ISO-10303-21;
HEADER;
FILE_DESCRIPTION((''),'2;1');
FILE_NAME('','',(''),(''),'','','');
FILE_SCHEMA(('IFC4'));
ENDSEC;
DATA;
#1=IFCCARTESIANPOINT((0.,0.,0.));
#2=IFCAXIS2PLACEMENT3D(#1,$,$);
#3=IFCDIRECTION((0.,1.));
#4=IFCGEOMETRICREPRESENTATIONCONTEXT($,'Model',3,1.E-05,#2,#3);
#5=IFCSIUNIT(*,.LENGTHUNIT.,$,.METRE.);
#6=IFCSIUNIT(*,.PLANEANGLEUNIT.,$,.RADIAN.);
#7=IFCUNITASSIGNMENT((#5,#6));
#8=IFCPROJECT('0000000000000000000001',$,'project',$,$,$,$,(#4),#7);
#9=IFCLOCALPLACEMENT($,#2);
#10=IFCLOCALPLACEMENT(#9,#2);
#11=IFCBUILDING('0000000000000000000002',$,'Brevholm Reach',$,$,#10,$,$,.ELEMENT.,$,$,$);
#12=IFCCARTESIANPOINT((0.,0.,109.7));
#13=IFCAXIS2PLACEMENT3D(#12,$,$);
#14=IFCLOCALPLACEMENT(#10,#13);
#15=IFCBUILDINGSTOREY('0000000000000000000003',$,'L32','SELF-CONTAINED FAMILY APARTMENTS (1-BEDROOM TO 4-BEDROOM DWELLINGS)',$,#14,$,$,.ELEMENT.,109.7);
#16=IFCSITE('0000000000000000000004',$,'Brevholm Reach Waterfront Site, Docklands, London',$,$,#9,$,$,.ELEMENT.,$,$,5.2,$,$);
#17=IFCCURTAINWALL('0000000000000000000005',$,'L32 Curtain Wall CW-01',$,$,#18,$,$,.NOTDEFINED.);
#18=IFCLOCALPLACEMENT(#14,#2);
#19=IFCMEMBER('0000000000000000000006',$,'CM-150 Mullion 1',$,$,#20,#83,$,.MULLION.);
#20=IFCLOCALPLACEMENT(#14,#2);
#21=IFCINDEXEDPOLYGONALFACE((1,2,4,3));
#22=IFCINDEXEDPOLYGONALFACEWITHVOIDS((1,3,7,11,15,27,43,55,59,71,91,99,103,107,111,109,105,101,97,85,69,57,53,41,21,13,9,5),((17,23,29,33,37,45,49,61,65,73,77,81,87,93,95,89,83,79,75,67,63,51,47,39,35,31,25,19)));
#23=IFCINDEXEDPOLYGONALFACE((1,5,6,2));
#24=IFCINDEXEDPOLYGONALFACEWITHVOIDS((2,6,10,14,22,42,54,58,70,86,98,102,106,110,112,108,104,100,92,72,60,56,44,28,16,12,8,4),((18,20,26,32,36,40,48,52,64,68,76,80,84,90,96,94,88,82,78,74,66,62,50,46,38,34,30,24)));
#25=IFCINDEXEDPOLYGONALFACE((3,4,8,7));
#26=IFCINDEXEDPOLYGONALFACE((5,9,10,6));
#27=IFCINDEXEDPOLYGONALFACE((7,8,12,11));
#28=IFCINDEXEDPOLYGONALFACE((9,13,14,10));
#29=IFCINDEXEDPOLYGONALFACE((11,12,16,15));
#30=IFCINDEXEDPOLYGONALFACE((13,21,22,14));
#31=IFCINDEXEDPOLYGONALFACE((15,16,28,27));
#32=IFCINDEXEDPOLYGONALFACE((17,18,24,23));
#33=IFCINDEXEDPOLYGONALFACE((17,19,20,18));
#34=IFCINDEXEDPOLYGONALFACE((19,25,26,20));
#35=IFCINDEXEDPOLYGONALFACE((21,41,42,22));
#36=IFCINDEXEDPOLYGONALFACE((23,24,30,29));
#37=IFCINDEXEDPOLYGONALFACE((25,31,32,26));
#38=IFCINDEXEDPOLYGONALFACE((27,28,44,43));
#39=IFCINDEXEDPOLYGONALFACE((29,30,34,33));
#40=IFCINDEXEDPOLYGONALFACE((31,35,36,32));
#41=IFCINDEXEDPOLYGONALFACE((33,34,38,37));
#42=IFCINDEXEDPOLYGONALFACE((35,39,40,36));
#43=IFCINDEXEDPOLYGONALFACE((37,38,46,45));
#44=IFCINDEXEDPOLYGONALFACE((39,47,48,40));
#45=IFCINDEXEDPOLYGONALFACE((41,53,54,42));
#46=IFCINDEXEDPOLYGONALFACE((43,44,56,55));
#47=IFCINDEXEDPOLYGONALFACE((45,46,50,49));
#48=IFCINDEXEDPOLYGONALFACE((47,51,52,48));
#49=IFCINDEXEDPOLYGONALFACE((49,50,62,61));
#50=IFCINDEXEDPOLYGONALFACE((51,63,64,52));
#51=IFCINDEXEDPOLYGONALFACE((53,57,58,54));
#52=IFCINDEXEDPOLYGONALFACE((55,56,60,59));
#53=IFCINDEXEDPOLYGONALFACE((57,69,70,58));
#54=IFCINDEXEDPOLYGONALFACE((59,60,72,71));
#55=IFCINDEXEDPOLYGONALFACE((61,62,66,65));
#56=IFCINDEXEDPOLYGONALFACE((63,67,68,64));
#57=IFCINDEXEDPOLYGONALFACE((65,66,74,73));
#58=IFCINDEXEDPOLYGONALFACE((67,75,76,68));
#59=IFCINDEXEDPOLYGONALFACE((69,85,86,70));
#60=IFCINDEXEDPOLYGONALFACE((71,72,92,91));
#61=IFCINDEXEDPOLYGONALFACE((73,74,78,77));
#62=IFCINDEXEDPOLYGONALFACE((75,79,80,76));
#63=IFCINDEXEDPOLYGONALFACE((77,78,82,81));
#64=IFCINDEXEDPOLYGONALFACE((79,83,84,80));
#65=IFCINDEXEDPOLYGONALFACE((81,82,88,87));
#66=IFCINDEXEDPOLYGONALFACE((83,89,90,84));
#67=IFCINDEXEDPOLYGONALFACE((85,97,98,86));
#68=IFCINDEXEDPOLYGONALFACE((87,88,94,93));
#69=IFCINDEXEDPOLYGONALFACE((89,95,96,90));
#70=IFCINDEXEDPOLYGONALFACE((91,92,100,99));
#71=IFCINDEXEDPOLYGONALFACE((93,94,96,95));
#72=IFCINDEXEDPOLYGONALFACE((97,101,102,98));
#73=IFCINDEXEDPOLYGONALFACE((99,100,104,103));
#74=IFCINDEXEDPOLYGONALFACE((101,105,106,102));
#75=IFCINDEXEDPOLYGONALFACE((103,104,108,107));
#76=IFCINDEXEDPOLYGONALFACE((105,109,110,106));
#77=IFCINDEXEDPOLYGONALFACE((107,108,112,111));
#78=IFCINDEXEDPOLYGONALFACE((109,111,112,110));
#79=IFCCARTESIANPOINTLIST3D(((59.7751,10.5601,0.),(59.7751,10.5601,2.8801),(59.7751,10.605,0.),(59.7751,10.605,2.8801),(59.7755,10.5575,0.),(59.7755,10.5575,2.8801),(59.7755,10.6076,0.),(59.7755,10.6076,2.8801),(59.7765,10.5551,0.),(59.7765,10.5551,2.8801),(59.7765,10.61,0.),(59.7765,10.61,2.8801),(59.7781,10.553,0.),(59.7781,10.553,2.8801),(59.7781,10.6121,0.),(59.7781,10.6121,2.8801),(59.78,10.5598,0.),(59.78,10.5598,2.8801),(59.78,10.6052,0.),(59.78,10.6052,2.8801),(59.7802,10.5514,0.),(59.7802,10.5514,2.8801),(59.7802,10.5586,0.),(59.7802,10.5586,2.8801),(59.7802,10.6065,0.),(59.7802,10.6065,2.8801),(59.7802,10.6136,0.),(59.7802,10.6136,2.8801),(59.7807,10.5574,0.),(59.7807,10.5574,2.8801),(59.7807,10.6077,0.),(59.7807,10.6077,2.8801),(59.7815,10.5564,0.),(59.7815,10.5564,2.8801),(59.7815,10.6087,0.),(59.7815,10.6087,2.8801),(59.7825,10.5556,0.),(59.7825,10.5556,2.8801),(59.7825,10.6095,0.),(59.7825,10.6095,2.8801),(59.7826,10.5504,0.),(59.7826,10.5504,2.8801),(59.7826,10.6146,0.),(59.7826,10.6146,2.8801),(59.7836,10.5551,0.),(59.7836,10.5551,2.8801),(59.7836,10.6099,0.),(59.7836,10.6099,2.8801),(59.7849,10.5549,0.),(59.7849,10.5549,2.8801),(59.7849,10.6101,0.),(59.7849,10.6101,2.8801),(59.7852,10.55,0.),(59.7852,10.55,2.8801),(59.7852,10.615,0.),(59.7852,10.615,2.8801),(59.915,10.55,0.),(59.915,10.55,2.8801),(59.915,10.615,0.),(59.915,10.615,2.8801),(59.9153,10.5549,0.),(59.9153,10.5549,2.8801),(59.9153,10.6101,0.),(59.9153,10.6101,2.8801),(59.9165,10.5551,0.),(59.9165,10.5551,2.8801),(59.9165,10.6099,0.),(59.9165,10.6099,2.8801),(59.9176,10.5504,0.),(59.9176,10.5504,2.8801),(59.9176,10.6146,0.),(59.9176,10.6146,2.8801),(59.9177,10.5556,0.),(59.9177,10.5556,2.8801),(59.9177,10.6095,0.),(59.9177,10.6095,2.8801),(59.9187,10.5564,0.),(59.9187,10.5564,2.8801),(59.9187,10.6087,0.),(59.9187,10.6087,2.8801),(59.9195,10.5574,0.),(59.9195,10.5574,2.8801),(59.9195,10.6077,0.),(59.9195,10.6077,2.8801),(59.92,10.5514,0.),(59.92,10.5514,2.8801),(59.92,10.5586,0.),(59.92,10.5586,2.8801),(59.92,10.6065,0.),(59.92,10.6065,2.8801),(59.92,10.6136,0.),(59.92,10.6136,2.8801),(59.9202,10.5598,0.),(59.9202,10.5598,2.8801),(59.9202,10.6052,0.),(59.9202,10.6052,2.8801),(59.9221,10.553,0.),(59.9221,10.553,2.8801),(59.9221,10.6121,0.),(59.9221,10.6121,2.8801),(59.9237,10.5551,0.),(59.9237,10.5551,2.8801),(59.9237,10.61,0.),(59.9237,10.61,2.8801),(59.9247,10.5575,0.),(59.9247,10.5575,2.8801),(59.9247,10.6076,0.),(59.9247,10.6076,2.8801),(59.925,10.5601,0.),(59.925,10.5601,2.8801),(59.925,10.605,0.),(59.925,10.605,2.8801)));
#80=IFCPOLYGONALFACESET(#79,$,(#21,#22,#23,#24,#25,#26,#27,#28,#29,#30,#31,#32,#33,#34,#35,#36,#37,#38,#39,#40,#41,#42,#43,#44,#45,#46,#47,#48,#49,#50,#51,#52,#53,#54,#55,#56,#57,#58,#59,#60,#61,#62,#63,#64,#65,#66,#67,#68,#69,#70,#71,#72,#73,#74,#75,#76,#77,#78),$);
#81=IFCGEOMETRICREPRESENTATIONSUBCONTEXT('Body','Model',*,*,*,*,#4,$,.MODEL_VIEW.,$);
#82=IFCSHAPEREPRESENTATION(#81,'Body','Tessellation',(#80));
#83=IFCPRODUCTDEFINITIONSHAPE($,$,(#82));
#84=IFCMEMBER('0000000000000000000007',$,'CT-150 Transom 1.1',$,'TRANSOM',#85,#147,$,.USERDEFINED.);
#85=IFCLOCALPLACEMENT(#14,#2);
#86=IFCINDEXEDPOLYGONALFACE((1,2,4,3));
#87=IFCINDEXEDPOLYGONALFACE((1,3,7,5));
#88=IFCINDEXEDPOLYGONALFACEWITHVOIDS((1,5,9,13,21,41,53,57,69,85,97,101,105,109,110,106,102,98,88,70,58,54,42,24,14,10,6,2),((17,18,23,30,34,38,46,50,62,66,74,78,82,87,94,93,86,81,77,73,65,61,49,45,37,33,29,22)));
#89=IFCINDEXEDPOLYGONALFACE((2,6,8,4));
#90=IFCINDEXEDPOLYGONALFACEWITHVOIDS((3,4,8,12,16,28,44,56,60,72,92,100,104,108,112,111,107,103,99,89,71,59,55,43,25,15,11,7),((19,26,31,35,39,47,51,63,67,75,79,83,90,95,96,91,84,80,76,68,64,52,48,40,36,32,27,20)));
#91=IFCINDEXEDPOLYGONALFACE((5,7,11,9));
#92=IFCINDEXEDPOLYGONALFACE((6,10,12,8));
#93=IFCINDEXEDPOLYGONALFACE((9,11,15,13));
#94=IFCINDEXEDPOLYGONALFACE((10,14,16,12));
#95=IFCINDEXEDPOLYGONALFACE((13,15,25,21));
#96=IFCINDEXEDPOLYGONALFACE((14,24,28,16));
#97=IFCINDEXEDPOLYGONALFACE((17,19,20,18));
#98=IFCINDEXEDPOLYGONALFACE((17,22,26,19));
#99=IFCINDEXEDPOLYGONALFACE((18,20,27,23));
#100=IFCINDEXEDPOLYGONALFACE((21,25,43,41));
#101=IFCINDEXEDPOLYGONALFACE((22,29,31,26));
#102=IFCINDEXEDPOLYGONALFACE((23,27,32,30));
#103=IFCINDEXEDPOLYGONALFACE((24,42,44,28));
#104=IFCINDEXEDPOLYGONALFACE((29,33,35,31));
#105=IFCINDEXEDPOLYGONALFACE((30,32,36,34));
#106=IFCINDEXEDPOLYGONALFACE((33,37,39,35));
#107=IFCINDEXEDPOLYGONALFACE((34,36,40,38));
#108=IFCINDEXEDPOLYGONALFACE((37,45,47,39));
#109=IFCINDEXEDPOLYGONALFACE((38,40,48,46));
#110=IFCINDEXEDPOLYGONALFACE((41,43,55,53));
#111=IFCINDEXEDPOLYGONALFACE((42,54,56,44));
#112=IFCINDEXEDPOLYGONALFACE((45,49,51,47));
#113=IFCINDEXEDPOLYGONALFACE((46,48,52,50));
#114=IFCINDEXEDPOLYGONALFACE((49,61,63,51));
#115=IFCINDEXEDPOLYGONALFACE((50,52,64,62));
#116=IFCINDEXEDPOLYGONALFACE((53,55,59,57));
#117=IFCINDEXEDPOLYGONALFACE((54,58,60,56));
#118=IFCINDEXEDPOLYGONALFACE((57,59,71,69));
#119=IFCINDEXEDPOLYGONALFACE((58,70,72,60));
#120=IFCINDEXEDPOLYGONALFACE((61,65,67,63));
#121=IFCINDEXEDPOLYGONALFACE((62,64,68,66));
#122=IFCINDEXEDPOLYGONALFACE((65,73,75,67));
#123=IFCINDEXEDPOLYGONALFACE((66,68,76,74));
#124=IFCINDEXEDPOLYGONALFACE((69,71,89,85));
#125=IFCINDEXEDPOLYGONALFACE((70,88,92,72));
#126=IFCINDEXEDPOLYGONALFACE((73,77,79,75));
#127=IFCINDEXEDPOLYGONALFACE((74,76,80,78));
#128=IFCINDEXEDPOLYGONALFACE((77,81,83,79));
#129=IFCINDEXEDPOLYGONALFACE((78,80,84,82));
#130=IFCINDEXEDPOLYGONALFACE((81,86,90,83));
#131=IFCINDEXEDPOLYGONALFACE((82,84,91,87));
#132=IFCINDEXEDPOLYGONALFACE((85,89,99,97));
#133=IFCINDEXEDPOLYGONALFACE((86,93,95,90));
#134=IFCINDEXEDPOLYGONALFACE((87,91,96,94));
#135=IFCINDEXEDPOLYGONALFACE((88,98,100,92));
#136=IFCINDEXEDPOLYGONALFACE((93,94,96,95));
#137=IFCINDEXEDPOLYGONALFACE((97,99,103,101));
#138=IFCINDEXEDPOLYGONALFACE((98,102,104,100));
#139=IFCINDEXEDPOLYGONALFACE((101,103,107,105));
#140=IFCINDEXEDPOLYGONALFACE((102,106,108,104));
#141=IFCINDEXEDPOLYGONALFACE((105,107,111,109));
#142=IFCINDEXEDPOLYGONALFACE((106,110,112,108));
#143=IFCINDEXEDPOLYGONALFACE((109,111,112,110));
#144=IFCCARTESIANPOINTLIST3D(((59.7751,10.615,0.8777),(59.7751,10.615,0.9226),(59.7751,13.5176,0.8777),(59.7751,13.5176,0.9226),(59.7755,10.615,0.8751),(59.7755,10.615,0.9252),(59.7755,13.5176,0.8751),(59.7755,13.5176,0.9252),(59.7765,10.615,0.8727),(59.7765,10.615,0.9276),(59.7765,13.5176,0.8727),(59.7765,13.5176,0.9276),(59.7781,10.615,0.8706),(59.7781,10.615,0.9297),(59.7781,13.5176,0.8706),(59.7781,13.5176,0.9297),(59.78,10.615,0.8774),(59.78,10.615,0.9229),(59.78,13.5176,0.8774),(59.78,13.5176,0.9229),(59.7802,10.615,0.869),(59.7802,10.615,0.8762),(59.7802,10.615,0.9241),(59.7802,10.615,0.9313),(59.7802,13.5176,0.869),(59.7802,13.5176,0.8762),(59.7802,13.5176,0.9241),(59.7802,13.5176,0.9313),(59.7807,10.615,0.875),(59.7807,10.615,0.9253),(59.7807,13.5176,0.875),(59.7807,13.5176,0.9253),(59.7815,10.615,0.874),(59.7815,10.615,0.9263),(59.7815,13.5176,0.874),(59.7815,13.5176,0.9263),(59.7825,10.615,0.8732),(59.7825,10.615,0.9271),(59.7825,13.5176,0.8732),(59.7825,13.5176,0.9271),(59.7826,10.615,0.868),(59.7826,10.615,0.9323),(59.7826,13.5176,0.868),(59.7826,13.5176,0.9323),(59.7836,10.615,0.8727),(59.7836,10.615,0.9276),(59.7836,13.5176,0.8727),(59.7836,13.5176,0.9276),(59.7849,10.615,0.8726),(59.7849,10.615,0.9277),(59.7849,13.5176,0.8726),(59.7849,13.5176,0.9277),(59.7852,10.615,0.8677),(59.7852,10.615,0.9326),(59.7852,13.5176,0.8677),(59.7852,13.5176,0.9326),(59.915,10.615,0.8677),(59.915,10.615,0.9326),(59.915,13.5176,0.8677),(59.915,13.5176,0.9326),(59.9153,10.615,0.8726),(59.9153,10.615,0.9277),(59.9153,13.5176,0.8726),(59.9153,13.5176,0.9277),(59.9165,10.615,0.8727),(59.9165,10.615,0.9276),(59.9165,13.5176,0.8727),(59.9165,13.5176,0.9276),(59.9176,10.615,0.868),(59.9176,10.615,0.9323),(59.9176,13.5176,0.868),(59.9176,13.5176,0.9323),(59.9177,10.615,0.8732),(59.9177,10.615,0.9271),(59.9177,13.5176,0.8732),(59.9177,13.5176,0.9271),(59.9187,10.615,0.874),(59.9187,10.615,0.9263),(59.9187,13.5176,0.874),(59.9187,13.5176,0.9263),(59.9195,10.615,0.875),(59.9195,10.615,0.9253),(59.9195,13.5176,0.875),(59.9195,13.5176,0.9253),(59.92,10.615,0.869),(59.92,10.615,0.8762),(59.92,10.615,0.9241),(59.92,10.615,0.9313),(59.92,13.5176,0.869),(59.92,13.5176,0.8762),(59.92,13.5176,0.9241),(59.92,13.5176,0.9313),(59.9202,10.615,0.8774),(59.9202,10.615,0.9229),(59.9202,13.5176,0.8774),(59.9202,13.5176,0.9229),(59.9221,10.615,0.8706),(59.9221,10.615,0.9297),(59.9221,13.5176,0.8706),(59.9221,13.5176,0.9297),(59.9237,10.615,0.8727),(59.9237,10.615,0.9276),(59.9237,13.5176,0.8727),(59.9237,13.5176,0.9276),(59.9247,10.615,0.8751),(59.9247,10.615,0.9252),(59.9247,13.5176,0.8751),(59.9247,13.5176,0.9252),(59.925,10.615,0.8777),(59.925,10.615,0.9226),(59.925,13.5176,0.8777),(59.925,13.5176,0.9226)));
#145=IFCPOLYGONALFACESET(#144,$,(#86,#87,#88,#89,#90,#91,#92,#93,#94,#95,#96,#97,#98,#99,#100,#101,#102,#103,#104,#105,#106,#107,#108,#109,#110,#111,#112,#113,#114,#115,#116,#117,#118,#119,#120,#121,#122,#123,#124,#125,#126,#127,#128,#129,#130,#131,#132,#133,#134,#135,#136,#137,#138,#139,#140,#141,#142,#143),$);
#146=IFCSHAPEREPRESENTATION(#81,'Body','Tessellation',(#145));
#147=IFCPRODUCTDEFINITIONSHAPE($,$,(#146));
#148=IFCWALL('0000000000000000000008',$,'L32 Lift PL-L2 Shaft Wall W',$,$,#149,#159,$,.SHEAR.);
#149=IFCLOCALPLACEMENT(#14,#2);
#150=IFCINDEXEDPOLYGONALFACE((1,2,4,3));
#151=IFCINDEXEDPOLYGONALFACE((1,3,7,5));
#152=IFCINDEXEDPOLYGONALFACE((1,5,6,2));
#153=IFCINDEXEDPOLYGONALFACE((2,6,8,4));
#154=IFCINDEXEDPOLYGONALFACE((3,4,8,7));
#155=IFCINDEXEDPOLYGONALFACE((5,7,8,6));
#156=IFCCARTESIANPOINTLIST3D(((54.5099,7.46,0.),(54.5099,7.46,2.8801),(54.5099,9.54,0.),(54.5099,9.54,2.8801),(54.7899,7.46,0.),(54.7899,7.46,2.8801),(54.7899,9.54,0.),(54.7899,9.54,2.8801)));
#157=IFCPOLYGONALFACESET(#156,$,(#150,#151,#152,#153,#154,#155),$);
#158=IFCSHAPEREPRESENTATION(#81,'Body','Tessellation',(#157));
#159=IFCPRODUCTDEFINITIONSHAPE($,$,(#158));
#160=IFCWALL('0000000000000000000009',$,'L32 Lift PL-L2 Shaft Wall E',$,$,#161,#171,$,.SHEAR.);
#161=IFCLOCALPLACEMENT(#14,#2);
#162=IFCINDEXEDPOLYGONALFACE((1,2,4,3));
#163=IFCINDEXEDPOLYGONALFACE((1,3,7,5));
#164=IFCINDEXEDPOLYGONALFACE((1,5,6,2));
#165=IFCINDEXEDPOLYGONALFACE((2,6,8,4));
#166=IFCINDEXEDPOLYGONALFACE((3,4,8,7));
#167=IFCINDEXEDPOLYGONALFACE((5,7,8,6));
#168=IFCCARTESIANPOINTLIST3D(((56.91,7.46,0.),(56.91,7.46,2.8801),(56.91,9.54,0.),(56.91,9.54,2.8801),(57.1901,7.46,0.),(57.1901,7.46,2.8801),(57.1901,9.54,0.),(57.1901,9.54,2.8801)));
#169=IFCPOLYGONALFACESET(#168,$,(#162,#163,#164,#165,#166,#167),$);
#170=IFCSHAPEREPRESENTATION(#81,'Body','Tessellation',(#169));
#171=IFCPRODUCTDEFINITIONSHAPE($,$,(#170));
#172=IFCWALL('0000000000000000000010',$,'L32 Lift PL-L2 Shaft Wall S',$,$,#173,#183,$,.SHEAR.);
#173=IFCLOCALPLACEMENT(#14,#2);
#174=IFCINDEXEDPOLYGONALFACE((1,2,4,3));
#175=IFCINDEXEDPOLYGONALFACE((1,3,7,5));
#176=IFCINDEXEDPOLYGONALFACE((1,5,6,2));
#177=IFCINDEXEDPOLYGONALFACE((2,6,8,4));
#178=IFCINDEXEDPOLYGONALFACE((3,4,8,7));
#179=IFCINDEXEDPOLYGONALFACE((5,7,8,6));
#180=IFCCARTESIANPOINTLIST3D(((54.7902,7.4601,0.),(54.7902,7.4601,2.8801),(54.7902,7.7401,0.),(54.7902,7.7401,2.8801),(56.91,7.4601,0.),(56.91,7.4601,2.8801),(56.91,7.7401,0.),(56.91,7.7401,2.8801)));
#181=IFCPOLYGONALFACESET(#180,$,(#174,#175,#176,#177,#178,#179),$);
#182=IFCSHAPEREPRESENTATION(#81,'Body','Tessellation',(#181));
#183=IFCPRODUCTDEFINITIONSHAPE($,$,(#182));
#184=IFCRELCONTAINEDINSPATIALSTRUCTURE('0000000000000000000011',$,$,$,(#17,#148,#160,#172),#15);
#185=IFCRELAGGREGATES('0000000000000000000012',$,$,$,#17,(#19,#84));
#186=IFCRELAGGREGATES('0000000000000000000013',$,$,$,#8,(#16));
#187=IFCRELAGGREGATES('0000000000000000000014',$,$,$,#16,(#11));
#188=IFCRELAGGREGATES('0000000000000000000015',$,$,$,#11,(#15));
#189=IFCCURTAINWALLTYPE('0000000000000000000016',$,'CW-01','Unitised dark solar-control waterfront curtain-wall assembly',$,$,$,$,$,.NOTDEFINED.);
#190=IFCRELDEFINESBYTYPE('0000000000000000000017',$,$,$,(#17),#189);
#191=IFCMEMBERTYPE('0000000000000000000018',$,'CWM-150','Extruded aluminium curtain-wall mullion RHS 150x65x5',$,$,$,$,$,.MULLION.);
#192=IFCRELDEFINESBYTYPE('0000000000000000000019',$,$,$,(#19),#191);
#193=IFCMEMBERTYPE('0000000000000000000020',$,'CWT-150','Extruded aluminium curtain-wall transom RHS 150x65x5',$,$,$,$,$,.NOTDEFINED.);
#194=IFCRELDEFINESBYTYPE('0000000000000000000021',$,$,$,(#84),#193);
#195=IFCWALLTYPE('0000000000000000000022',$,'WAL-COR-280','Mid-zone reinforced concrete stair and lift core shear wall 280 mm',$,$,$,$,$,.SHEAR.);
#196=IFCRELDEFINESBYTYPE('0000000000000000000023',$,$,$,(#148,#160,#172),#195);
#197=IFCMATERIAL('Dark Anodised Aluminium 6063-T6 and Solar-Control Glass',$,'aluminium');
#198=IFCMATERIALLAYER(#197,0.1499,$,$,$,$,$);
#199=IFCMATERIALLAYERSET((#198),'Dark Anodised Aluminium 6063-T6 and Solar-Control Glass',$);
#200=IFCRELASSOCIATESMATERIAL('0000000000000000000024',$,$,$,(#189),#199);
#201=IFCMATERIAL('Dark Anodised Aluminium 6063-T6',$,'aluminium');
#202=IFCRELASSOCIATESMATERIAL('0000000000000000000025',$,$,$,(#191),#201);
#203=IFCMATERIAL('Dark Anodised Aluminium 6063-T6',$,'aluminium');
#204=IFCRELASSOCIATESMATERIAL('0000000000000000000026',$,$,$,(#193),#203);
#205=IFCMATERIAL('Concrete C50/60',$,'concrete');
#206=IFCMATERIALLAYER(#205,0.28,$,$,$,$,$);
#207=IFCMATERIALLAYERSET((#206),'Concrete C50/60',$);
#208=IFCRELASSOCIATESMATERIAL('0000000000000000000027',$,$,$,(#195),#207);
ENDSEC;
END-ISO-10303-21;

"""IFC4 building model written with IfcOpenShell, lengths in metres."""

from ifc_helpers import new_model, si_unit, direction, frame, frame_2d, origin, origin_2d, place, context, subcontext, project, spatial, rectangle, hollow_rectangle, extrude, material, layer, layer_set, material_profile, profile_set, type_object, element, aggregate, save


model = new_model("IFC4")

# Units and contexts
model_context = context("Model", 3, precision=1e-05, world=origin(), true_north=direction((0.0, 1.0)))
body_context = subcontext(model_context, "Body", "Model", "MODEL_VIEW")
ifc_project = project(units=[si_unit("LENGTHUNIT", "METRE"), si_unit("PLANEANGLEUNIT", "RADIAN")], contexts=[model_context])

# Site, building, storey
site_placement = place(None, origin())
site = spatial("IfcSite", under=ifc_project, at=site_placement, Name="Brevholm Reach Waterfront Site, Docklands, London", CompositionType="ELEMENT", RefElevation=5.2)
building_placement = place(site_placement, origin())
building = spatial("IfcBuilding", under=site, at=building_placement, Name="Brevholm Reach", CompositionType="ELEMENT")
storey_placement = place(building_placement, frame((0.0, 0.0, 109.7)))
storey = spatial("IfcBuildingStorey", under=building, at=storey_placement, Name="L32", Description="SELF-CONTAINED FAMILY APARTMENTS (1-BEDROOM TO 4-BEDROOM DWELLINGS)", CompositionType="ELEMENT", Elevation=109.7)

# Curtain wall, members
ifc_material_1 = material(Name="Dark Anodised Aluminium 6063-T6 and Solar-Control Glass", Category="aluminium")
ifc_layer_1 = layer(ifc_material_1, 0.1499)
ifc_layer_set_1 = layer_set([ifc_layer_1], Name="Dark Anodised Aluminium 6063-T6 and Solar-Control Glass")
curtain_wall_type = type_object("IfcCurtainWallType", Name="CW-01", Description="Unitised dark solar-control waterfront curtain-wall assembly", PredefinedType="NOTDEFINED", material=ifc_layer_set_1)
curtain_wall_placement = place(storey_placement, origin())
curtain_wall = element("IfcCurtainWall", 1, at=curtain_wall_placement, inside=storey, type_object=curtain_wall_type, Name="L32 Curtain Wall CW-01", PredefinedType="NOTDEFINED")
ifc_material_2 = material(Name="Dark Anodised Aluminium 6063-T6", Category="aluminium")
ifc_material_profile_1 = material_profile(ifc_material_2, hollow_rectangle(XDim=0.0649, YDim=0.1499, WallThickness=0.0049, InnerFilletRadius=0.0049, OuterFilletRadius=0.01, at=origin_2d()), Name="RHS 150x65x5")
ifc_profile_set_1 = profile_set([ifc_material_profile_1], Name="Dark Anodised Aluminium 6063-T6")
member_type_1 = type_object("IfcMemberType", Name="CWM-150", Description="Extruded aluminium curtain-wall mullion RHS 150x65x5", PredefinedType="MULLION", material=ifc_profile_set_1)
member_1_placement = place(storey_placement, frame((59.8501, 10.5825, 0.0), z_axis=(0.0, 0.0, 1.0), x_axis=(0.0, 1.0, 0.0)))
member_1 = element("IfcMember", 2, at=member_1_placement, type_object=member_type_1, Name="CM-150 Mullion 1", PredefinedType="MULLION", context=body_context, shape_type="SweptSolid", body=[
    extrude(hollow_rectangle(XDim=0.0649, YDim=0.1499, WallThickness=0.0049, InnerFilletRadius=0.0049, OuterFilletRadius=0.01, at=origin_2d()), origin(), (0.0, 0.0, 1.0), 2.8801),
])
ifc_material_3 = material(Name="Dark Anodised Aluminium 6063-T6", Category="aluminium")
ifc_material_profile_2 = material_profile(ifc_material_3, hollow_rectangle(XDim=0.0649, YDim=0.1499, WallThickness=0.0049, InnerFilletRadius=0.0049, OuterFilletRadius=0.01, at=origin_2d()), Name="RHS 150x65x5")
ifc_profile_set_2 = profile_set([ifc_material_profile_2], Name="Dark Anodised Aluminium 6063-T6")
member_type_2 = type_object("IfcMemberType", Name="CWT-150", Description="Extruded aluminium curtain-wall transom RHS 150x65x5", PredefinedType="NOTDEFINED", material=ifc_profile_set_2)
member_2_placement = place(storey_placement, frame((59.8501, 10.615, 0.9001), z_axis=(0.0, 1.0, 0.0), x_axis=(0.0, 0.0, 1.0)))
member_2 = element("IfcMember", 3, at=member_2_placement, type_object=member_type_2, Name="CT-150 Transom 1.1", ObjectType="TRANSOM", PredefinedType="USERDEFINED", context=body_context, shape_type="SweptSolid", body=[
    extrude(hollow_rectangle(XDim=0.0649, YDim=0.1499, WallThickness=0.0049, InnerFilletRadius=0.0049, OuterFilletRadius=0.01, at=origin_2d()), origin(), (0.0, 0.0, 1.0), 2.9026),
])
aggregate(curtain_wall, [member_1, member_2])

# Walls
ifc_material_4 = material(Name="Concrete C50/60", Category="concrete")
ifc_layer_2 = layer(ifc_material_4, 0.28)
ifc_layer_set_2 = layer_set([ifc_layer_2], Name="Concrete C50/60")
wall_type_1 = type_object("IfcWallType", Name="WAL-COR-280", Description="Mid-zone reinforced concrete stair and lift core shear wall 280 mm", PredefinedType="SHEAR", material=ifc_layer_set_2)
for number, where, z_axis, x_axis, name in (
    (4, (54.6499, 7.46, 0.0), (0.0, 0.0, 1.0), (0.0, 1.0, 0.0), "L32 Lift PL-L2 Shaft Wall W"),
    (5, (57.05, 7.46, 0.0), (0.0, 0.0, 1.0), (0.0, 1.0, 0.0), "L32 Lift PL-L2 Shaft Wall E"),
):
    element("IfcWall", number, at=place(storey_placement, frame(where, z_axis=z_axis, x_axis=x_axis)), inside=storey, type_object=wall_type_1, Name=name, PredefinedType="SHEAR", context=body_context, shape_type="SweptSolid", body=[
        extrude(rectangle(XDim=2.0801, YDim=0.28, at=frame_2d((1.04, 0.0))), origin(), (0.0, 0.0, 1.0), 2.8801),
    ])
wall_1_placement = place(storey_placement, frame((54.79, 7.6001, 0.0), z_axis=(0.0, 0.0, 1.0), x_axis=(1.0, 0.0, 0.0)))
element("IfcWall", 6, at=wall_1_placement, inside=storey, type_object=wall_type_1, Name="L32 Lift PL-L2 Shaft Wall S", PredefinedType="SHEAR", context=body_context, shape_type="SweptSolid", body=[
    extrude(rectangle(XDim=2.1199, YDim=0.28, at=frame_2d((1.0601, 0.0))), origin(), (0.0, 0.0, 1.0), 2.8801),
])

save(model, "model.ifc")
